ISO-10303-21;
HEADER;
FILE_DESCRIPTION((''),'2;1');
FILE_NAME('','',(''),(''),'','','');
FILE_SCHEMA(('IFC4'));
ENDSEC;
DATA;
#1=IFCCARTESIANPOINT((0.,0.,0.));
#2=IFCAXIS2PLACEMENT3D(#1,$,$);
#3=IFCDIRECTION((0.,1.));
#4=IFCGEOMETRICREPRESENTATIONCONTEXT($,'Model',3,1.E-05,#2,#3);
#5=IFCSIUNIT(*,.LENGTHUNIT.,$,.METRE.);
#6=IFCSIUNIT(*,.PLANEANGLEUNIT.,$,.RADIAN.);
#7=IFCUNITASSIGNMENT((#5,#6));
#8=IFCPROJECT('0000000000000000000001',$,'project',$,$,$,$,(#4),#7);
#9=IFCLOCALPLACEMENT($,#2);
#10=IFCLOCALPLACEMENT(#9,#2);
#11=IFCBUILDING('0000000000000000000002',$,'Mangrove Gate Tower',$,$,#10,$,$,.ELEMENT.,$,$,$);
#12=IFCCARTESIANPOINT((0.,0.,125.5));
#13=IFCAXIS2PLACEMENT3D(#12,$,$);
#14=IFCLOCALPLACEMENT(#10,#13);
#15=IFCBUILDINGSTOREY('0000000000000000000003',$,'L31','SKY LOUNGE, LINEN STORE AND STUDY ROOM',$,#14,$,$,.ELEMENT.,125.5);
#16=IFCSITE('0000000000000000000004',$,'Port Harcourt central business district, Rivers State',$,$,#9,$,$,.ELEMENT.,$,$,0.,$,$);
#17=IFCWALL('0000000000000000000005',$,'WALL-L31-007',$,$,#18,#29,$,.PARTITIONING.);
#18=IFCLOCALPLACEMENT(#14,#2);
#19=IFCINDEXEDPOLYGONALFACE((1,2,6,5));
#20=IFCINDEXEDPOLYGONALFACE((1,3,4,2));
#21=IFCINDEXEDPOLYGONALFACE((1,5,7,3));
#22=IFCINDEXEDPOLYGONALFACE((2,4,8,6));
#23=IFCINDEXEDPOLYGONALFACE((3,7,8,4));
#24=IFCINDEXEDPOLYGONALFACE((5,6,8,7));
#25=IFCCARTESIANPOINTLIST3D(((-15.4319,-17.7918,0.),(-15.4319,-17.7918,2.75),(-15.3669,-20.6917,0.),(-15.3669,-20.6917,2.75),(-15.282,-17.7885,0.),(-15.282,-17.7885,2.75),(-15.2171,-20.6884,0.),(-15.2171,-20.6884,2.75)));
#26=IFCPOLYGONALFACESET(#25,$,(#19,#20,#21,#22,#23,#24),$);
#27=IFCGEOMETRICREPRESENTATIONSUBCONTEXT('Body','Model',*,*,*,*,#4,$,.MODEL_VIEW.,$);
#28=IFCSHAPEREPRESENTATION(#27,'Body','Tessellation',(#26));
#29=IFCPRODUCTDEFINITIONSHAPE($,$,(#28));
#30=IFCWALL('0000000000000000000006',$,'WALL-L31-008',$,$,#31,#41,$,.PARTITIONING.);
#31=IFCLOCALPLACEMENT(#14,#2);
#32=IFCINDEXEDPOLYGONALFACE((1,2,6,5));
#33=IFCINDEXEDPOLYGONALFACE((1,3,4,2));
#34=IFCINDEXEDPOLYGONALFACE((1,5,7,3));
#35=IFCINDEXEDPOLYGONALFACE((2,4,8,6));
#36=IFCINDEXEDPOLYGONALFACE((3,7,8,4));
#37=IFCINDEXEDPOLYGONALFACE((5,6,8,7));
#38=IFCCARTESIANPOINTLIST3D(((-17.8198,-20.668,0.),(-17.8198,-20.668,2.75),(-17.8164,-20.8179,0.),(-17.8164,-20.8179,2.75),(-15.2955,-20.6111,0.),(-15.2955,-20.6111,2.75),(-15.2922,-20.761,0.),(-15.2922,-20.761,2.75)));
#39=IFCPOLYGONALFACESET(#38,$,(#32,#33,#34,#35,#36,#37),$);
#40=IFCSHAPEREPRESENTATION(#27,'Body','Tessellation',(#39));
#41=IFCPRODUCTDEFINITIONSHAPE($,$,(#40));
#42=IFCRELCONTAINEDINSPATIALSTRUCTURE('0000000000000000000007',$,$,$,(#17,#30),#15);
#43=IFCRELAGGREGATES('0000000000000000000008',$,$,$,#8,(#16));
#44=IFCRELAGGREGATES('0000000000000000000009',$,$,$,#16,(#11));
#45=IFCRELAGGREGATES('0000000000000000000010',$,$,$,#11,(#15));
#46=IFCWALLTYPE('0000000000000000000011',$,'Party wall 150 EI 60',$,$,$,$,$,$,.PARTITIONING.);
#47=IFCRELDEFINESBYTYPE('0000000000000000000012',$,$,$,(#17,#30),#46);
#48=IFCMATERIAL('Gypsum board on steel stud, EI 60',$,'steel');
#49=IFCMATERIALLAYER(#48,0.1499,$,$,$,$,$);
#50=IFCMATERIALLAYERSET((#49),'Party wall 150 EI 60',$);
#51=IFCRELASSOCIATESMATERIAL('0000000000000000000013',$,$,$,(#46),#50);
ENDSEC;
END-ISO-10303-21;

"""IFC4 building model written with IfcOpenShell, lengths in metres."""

from ifc_helpers import new_model, si_unit, direction, frame, frame_2d, origin, place, context, subcontext, project, spatial, rectangle, extrude, material, layer, layer_set, type_object, element, save


model = new_model("IFC4")

# Units and contexts
model_context = context("Model", 3, precision=1e-05, world=origin(), true_north=direction((0.0, 1.0)))
body_context = subcontext(model_context, "Body", "Model", "MODEL_VIEW")
ifc_project = project(units=[si_unit("LENGTHUNIT", "METRE"), si_unit("PLANEANGLEUNIT", "RADIAN")], contexts=[model_context])

# Site, building, storey
site_placement = place(None, origin())
site = spatial("IfcSite", under=ifc_project, at=site_placement, Name="Port Harcourt central business district, Rivers State", CompositionType="ELEMENT", RefElevation=0.0)
building_placement = place(site_placement, origin())
building = spatial("IfcBuilding", under=site, at=building_placement, Name="Mangrove Gate Tower", CompositionType="ELEMENT")
storey_placement = place(building_placement, frame((0.0, 0.0, 125.5)))
storey = spatial("IfcBuildingStorey", under=building, at=storey_placement, Name="L31", Description="SKY LOUNGE, LINEN STORE AND STUDY ROOM", CompositionType="ELEMENT", Elevation=125.5)

# Walls
ifc_material_1 = material(Name="Gypsum board on steel stud, EI 60", Category="steel")
ifc_layer = layer(ifc_material_1, 0.1499)
ifc_layer_set = layer_set([ifc_layer], Name="Party wall 150 EI 60")
wall_type = type_object("IfcWallType", Name="Party wall 150 EI 60", PredefinedType="PARTITIONING", material=ifc_layer_set)
wall_1_placement = place(storey_placement, frame((-15.292, -20.6899, 0.0), z_axis=(0.0, 0.0, 1.0), x_axis=(-0.022389, 0.999749, 0.0)))
element("IfcWall", 1, at=wall_1_placement, inside=storey, type_object=wall_type, Name="WALL-L31-007", PredefinedType="PARTITIONING", context=body_context, shape_type="SweptSolid", body=[
    extrude(rectangle(XDim=2.9006, YDim=0.1499, at=frame_2d((1.4502, 0.0))), origin(), (0.0, 0.0, 1.0), 2.75),
])
wall_2_placement = place(storey_placement, frame((-17.8181, -20.7429, 0.0), z_axis=(0.0, 0.0, 1.0), x_axis=(0.999746, 0.02253, 0.0)))
element("IfcWall", 2, at=wall_2_placement, inside=storey, type_object=wall_type, Name="WALL-L31-008", PredefinedType="PARTITIONING", context=body_context, shape_type="SweptSolid", body=[
    extrude(rectangle(XDim=2.5249, YDim=0.1499, at=frame_2d((1.2625, 0.0))), origin(), (0.0, 0.0, 1.0), 2.75),
])

save(model, "model.ifc")
